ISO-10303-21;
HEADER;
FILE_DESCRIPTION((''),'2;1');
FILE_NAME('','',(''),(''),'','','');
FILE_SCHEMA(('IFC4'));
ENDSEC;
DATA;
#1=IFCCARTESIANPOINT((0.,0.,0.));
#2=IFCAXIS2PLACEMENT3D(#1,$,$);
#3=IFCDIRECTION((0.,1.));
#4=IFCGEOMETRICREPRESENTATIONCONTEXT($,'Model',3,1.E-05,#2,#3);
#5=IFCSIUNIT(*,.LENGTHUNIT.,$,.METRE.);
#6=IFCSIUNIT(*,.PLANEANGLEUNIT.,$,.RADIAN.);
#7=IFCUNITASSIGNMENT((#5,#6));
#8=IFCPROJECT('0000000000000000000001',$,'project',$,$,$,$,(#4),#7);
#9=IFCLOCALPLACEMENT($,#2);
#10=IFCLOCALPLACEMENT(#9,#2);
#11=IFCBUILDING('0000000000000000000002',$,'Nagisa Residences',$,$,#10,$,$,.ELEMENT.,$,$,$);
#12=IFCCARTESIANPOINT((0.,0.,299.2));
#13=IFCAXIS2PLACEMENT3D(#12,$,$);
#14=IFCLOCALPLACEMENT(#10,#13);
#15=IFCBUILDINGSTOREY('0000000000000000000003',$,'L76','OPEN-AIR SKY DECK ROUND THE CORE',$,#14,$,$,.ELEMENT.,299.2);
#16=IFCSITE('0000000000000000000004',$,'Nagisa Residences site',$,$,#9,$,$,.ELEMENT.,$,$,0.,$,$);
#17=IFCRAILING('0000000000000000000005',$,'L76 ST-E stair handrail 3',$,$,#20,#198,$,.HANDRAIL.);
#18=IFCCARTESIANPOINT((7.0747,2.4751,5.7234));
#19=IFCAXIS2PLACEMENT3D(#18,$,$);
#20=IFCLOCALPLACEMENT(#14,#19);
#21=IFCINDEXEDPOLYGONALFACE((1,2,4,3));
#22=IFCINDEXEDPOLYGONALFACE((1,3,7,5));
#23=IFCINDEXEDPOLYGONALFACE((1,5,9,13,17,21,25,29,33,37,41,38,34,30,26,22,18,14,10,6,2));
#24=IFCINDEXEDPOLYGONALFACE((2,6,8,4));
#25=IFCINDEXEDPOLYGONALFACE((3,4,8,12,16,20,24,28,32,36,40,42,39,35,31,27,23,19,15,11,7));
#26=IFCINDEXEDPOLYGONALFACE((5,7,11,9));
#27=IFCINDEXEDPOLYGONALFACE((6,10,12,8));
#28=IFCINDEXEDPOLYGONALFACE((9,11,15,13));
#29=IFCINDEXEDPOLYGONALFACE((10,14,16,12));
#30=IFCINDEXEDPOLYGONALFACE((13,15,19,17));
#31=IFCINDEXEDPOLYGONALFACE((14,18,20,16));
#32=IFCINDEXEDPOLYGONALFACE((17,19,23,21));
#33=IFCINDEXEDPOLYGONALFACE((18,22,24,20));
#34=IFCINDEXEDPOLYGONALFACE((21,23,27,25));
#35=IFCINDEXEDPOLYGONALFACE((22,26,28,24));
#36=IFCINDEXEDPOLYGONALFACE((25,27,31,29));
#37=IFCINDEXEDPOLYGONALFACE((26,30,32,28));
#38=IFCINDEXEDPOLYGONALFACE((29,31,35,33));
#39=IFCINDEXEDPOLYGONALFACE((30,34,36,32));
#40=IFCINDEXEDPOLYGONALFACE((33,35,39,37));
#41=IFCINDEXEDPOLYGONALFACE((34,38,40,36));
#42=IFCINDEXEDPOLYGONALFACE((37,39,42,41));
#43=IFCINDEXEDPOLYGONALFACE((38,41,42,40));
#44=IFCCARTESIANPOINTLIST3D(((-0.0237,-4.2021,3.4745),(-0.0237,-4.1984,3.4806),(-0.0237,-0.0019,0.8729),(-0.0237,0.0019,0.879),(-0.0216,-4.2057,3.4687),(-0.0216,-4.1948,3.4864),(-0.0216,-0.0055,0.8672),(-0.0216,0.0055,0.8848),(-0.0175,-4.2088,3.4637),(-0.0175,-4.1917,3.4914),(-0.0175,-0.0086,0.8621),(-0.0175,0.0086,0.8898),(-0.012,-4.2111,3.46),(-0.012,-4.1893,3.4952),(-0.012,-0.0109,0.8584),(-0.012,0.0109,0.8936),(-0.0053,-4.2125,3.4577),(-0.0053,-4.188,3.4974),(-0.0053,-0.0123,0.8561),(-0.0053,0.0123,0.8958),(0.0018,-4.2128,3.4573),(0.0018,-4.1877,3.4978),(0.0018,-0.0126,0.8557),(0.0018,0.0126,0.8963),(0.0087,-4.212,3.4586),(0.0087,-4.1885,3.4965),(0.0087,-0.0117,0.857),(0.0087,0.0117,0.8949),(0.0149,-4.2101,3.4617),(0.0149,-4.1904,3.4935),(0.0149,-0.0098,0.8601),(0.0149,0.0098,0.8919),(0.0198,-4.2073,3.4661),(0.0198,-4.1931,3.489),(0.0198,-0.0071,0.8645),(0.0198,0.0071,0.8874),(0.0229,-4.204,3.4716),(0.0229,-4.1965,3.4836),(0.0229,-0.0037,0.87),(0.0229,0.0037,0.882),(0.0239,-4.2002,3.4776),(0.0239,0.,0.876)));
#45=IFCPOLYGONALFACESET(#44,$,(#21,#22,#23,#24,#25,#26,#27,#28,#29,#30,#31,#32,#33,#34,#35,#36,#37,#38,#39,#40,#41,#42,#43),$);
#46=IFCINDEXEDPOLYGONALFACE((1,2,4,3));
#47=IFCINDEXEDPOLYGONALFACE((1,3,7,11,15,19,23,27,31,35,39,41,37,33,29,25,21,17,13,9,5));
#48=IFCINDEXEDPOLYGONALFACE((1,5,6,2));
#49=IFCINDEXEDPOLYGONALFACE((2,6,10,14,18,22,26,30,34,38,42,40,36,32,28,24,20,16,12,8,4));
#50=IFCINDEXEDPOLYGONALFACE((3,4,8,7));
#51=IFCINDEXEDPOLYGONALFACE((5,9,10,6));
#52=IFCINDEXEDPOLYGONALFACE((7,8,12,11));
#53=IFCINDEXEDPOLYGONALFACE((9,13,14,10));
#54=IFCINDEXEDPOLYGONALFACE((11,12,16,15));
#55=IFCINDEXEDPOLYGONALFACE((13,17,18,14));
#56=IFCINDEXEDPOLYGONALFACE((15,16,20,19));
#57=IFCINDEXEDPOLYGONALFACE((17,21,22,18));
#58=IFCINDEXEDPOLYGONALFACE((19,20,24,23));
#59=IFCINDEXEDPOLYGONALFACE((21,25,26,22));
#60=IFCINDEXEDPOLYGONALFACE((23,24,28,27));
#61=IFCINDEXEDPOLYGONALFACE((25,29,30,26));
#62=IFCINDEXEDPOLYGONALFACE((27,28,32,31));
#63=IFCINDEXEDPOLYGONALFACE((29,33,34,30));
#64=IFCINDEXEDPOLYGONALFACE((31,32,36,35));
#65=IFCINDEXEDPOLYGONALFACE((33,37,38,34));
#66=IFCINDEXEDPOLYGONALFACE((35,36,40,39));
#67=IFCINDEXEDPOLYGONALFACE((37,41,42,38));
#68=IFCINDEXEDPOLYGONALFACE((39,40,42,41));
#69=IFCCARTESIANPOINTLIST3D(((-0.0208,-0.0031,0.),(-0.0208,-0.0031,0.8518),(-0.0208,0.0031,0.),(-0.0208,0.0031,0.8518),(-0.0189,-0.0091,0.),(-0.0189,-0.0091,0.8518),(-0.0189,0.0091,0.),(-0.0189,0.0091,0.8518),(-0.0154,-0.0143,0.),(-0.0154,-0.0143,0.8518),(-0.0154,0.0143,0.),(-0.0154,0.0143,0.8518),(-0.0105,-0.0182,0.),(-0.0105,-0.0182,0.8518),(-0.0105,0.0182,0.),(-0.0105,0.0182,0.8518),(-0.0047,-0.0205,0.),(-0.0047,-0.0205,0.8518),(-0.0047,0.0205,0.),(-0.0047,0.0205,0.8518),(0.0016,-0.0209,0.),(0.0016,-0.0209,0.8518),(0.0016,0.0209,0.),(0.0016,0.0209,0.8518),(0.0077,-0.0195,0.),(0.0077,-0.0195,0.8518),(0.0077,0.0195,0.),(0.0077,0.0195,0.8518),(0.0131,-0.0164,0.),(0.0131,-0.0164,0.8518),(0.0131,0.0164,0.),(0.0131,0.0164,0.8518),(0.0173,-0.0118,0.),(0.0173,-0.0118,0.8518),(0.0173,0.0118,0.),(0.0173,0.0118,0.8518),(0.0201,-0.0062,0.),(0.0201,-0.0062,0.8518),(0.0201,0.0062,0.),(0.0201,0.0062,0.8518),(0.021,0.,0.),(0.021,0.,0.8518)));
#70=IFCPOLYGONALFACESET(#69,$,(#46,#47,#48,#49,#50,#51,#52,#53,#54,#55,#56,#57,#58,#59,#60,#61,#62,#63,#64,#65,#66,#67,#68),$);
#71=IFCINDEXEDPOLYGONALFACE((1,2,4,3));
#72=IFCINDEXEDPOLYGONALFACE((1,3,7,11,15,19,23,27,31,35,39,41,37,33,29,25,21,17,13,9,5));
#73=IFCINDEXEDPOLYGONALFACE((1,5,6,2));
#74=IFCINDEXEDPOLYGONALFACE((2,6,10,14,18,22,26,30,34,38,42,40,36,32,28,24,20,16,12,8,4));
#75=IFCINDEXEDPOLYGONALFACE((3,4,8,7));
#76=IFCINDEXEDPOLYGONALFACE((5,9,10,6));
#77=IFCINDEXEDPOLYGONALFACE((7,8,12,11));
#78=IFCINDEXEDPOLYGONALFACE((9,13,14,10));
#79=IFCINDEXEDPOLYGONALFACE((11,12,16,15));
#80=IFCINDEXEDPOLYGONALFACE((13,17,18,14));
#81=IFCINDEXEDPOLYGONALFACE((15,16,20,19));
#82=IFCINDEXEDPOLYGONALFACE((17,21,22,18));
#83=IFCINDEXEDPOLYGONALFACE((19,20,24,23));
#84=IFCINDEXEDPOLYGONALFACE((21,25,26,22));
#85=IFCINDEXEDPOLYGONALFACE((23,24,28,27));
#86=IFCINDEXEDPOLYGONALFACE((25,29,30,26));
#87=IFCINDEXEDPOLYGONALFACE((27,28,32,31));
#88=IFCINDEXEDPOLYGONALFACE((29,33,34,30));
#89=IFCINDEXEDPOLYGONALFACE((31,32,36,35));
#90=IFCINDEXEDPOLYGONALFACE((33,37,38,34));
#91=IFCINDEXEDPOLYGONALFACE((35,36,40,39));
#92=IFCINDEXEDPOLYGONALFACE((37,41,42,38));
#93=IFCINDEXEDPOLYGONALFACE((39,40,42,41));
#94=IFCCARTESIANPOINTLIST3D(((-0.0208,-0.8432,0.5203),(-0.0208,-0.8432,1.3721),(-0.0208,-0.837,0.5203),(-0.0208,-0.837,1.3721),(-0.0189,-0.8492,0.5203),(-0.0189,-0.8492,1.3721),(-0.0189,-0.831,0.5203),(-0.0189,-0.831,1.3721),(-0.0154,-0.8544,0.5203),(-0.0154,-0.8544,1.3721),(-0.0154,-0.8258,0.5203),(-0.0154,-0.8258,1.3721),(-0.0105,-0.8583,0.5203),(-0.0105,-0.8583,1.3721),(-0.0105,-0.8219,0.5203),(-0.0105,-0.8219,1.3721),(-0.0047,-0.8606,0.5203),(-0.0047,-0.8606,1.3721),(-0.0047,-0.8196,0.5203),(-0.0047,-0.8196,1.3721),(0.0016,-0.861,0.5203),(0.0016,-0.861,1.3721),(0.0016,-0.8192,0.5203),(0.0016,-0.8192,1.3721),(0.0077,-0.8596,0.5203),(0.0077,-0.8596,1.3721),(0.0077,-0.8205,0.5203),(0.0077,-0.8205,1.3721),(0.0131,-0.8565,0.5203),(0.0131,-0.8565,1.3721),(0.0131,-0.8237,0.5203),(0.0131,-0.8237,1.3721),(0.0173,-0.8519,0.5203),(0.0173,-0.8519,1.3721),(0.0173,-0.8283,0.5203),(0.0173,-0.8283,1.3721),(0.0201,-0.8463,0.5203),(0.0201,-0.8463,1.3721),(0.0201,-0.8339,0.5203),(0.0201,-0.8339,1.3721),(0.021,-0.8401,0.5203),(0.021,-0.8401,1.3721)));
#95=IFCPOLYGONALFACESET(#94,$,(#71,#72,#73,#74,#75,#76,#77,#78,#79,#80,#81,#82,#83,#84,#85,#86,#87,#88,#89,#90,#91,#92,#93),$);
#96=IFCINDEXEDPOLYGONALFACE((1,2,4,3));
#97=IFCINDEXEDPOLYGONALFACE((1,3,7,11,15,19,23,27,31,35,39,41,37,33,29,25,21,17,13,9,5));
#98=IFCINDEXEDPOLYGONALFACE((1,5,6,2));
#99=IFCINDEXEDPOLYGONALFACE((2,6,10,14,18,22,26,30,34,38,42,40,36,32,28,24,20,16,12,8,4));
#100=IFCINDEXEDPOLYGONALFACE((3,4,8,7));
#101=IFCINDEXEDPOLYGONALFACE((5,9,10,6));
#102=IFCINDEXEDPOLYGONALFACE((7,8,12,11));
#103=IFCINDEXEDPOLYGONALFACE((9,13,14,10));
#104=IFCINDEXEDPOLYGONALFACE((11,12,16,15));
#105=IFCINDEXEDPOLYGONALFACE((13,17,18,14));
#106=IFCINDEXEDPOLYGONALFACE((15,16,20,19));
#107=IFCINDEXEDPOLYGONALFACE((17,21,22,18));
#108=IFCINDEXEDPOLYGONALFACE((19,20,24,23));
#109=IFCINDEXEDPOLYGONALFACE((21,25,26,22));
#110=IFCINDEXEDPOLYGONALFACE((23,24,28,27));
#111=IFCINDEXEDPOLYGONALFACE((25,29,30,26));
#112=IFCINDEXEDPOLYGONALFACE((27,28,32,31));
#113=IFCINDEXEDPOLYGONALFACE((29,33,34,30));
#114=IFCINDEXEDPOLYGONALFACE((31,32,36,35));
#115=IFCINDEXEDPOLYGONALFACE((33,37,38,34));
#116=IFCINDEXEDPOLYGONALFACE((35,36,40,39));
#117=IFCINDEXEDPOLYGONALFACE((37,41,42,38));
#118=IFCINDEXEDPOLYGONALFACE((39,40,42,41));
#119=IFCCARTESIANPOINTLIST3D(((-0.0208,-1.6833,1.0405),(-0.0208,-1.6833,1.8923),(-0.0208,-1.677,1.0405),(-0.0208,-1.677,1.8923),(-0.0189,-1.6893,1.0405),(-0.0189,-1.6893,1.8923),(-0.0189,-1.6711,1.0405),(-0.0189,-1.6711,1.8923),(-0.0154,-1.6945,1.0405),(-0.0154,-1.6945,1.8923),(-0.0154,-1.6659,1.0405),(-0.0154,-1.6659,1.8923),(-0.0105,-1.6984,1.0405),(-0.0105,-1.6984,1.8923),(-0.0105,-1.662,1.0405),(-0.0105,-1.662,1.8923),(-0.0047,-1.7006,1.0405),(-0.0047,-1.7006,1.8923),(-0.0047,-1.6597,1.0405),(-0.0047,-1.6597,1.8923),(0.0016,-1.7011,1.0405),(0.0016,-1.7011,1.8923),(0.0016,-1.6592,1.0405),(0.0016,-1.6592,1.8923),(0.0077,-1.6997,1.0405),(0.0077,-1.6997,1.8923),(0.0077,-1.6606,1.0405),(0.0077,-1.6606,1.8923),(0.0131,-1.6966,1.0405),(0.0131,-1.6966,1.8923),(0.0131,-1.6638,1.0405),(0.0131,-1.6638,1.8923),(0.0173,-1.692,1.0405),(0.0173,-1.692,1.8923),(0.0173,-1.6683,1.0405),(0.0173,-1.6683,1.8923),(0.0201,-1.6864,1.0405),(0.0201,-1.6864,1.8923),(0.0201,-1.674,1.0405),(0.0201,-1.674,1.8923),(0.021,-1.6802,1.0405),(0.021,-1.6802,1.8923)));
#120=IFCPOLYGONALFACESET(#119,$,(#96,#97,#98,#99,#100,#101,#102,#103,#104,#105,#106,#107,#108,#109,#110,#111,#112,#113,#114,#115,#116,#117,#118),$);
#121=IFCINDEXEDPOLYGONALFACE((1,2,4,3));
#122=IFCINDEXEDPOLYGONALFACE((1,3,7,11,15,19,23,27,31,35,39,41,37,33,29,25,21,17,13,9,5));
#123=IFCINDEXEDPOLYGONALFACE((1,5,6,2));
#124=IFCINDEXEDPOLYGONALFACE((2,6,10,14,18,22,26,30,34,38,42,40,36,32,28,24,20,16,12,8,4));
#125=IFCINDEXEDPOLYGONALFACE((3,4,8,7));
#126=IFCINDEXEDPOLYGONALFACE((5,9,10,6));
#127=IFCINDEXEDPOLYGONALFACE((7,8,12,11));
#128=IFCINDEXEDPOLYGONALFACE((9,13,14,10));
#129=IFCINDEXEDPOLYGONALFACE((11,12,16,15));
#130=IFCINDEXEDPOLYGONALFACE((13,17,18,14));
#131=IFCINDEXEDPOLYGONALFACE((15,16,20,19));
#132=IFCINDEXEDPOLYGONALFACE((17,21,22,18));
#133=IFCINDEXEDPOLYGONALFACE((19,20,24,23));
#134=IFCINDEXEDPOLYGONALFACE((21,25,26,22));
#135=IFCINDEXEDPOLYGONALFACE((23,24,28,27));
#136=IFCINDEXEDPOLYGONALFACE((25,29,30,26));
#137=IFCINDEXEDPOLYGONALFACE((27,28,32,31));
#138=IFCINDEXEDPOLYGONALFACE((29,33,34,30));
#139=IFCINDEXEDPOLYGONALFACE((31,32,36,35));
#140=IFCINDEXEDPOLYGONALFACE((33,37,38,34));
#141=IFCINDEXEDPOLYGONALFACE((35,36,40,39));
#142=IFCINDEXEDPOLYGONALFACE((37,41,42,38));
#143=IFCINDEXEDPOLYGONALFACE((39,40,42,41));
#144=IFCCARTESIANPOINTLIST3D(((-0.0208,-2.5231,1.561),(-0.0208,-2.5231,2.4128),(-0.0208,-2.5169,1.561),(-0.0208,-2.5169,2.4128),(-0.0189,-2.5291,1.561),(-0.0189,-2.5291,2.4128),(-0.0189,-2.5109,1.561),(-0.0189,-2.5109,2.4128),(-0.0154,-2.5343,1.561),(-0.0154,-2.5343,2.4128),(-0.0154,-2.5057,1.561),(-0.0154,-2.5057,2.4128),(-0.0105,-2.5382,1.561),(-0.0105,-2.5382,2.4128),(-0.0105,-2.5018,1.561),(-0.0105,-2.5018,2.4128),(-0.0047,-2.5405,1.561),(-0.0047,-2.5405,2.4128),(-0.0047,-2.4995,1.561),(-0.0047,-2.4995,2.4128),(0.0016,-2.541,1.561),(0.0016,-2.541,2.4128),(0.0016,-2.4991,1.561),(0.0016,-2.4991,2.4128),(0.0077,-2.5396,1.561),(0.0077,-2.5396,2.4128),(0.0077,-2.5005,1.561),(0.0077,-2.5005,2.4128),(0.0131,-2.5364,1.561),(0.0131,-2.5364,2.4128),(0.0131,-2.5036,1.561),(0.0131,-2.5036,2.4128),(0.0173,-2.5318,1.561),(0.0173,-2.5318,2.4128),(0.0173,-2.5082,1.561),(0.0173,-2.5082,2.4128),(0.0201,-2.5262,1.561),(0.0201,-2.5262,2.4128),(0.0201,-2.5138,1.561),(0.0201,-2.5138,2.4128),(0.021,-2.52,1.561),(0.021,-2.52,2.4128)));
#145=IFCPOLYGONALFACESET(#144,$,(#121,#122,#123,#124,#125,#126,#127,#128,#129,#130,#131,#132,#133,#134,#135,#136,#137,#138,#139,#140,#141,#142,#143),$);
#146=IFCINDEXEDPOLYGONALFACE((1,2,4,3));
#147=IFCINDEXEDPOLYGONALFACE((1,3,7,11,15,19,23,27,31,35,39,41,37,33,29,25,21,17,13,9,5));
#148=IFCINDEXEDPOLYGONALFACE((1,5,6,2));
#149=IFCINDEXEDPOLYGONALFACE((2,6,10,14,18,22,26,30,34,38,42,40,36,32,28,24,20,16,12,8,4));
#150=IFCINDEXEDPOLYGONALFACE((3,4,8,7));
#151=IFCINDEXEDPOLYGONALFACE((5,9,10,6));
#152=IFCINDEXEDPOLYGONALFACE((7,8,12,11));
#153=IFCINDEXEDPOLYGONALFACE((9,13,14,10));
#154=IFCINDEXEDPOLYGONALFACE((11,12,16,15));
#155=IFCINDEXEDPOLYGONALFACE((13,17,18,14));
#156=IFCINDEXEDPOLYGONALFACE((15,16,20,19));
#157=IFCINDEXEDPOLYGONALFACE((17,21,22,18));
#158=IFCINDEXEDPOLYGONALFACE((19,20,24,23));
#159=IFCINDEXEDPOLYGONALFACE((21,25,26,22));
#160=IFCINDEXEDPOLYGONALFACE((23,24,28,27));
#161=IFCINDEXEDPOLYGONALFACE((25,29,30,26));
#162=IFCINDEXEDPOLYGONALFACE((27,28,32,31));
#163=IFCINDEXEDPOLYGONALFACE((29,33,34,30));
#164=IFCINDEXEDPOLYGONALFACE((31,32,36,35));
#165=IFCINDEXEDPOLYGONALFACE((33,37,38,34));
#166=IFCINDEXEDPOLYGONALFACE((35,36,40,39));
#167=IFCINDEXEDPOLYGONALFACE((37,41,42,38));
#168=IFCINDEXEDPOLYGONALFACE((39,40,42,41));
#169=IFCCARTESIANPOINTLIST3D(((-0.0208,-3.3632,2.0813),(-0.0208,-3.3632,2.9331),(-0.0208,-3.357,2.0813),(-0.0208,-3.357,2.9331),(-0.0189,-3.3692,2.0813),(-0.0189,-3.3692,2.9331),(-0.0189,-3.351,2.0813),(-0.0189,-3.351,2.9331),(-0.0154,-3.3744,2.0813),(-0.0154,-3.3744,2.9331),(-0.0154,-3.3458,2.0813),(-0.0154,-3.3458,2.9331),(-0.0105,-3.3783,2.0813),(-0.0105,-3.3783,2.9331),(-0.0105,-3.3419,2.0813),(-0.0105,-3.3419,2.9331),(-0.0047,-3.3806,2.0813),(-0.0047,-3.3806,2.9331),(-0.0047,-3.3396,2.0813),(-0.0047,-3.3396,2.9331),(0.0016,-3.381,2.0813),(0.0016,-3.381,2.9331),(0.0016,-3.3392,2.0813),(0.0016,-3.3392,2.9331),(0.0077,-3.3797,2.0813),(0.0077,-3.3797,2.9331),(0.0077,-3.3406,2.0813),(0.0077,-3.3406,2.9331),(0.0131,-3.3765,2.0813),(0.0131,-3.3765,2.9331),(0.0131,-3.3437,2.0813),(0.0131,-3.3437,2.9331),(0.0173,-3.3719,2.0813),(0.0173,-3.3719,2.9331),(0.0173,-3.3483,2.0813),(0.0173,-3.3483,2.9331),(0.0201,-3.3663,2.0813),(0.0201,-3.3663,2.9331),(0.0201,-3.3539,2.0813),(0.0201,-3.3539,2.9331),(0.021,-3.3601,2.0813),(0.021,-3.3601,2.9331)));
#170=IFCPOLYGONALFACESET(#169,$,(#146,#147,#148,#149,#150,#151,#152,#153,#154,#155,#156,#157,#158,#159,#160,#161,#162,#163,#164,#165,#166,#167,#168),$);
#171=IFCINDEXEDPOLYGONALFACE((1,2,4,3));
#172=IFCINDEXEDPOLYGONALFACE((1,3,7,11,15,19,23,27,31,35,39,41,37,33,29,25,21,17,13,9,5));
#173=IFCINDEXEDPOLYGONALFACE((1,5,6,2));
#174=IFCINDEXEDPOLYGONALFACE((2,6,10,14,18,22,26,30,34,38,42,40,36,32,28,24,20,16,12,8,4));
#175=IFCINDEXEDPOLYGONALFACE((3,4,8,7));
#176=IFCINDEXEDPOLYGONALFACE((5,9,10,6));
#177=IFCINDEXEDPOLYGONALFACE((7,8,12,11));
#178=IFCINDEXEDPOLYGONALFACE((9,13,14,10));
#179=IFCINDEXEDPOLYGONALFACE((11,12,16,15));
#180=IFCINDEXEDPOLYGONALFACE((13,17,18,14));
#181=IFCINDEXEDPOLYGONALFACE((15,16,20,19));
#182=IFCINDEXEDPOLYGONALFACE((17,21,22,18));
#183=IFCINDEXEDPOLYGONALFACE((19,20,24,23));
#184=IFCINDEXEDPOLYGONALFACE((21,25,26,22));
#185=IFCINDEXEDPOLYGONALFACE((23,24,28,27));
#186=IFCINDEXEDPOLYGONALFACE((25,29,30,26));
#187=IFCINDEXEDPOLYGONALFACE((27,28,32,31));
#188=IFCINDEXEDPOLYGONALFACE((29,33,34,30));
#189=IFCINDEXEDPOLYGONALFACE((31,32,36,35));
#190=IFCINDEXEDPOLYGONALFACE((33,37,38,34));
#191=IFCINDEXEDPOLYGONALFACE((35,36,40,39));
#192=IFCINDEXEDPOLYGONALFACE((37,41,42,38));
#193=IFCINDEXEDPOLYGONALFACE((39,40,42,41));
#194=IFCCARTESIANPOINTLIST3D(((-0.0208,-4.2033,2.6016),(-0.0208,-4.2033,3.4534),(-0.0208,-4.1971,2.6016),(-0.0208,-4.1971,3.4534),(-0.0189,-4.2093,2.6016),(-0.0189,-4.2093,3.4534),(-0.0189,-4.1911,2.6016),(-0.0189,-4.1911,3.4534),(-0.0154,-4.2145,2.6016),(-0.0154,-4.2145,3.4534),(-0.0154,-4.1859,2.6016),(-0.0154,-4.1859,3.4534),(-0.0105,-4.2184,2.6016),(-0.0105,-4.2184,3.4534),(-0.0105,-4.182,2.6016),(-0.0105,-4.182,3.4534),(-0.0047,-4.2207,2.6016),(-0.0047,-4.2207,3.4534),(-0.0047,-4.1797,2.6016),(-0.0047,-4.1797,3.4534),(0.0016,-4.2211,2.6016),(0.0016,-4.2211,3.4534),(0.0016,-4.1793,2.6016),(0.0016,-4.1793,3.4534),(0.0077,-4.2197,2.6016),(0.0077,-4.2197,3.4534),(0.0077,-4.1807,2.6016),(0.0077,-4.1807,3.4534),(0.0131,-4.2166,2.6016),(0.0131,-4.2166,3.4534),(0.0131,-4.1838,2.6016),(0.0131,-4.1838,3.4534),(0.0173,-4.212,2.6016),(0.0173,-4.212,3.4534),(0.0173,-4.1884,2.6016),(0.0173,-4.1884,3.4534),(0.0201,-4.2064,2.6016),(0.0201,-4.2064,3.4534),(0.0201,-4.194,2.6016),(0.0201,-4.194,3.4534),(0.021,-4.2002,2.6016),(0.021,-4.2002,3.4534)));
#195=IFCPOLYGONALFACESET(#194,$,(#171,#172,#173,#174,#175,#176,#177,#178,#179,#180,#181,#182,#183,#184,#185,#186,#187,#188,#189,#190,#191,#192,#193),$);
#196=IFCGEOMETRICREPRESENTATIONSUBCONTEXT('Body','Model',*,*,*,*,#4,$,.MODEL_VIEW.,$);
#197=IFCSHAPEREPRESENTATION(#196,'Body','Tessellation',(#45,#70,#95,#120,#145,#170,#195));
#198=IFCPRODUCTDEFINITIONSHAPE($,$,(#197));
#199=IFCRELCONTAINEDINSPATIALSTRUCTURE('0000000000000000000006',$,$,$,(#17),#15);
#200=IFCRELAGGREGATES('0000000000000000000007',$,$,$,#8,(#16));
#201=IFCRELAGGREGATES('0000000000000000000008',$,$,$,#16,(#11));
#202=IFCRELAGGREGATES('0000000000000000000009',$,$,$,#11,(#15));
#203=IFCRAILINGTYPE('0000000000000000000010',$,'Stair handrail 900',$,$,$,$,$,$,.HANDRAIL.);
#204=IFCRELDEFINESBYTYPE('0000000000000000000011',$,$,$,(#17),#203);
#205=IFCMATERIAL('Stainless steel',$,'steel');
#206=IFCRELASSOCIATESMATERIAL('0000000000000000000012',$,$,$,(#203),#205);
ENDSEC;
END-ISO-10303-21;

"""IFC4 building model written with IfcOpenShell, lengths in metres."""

from ifc_helpers import new_model, si_unit, direction, frame, origin, origin_2d, place, context, subcontext, project, spatial, circle, extrude, material, type_object, element, save


model = new_model("IFC4")

# Units and contexts
model_context = context("Model", 3, precision=1e-05, world=origin(), true_north=direction((0.0, 1.0)))
body_context = subcontext(model_context, "Body", "Model", "MODEL_VIEW")
ifc_project = project(units=[si_unit("LENGTHUNIT", "METRE"), si_unit("PLANEANGLEUNIT", "RADIAN")], contexts=[model_context])

# Site, building, storey
site_placement = place(None, origin())
site = spatial("IfcSite", under=ifc_project, at=site_placement, Name="Nagisa Residences site", CompositionType="ELEMENT", RefElevation=0.0)
building_placement = place(site_placement, origin())
building = spatial("IfcBuilding", under=site, at=building_placement, Name="Nagisa Residences", CompositionType="ELEMENT")
storey_placement = place(building_placement, frame((0.0, 0.0, 299.2)))
storey = spatial("IfcBuildingStorey", under=building, at=storey_placement, Name="L76", Description="OPEN-AIR SKY DECK ROUND THE CORE", CompositionType="ELEMENT", Elevation=299.2)

# Railing
ifc_material_1 = material(Name="Stainless steel", Category="steel")
railing_type_1 = type_object("IfcRailingType", Name="Stair handrail 900", PredefinedType="HANDRAIL", material=ifc_material_1)
for number, where, name in (
    (1, (7.0747, 2.4751, 5.7234), "L76 ST-E stair handrail 3"),
):
    element("IfcRailing", number, at=place(storey_placement, frame(where)), inside=storey, type_object=railing_type_1, Name=name, PredefinedType="HANDRAIL", context=body_context, shape_type="SweptSolid", body=[
        extrude(circle(Radius=0.0239, at=origin_2d()), frame((0.0, 0.0, 0.876), z_axis=(0.0, -0.850135, 0.526566), x_axis=(1.0, 0.0, 0.0)), (0.0, 0.0, 1.0), 4.9407),
        extrude(circle(Radius=0.021, at=origin_2d()), origin(), (0.0, 0.0, 1.0), 0.8518),
        extrude(circle(Radius=0.021, at=origin_2d()), frame((0.0, -0.8401, 0.5203)), (0.0, 0.0, 1.0), 0.8518),
        extrude(circle(Radius=0.021, at=origin_2d()), frame((0.0, -1.6802, 1.0405)), (0.0, 0.0, 1.0), 0.8518),
        extrude(circle(Radius=0.021, at=origin_2d()), frame((0.0, -2.52, 1.561)), (0.0, 0.0, 1.0), 0.8518),
        extrude(circle(Radius=0.021, at=origin_2d()), frame((0.0, -3.3601, 2.0813)), (0.0, 0.0, 1.0), 0.8518),
        extrude(circle(Radius=0.021, at=origin_2d()), frame((0.0, -4.2002, 2.6016)), (0.0, 0.0, 1.0), 0.8518),
    ])

save(model, "model.ifc")
